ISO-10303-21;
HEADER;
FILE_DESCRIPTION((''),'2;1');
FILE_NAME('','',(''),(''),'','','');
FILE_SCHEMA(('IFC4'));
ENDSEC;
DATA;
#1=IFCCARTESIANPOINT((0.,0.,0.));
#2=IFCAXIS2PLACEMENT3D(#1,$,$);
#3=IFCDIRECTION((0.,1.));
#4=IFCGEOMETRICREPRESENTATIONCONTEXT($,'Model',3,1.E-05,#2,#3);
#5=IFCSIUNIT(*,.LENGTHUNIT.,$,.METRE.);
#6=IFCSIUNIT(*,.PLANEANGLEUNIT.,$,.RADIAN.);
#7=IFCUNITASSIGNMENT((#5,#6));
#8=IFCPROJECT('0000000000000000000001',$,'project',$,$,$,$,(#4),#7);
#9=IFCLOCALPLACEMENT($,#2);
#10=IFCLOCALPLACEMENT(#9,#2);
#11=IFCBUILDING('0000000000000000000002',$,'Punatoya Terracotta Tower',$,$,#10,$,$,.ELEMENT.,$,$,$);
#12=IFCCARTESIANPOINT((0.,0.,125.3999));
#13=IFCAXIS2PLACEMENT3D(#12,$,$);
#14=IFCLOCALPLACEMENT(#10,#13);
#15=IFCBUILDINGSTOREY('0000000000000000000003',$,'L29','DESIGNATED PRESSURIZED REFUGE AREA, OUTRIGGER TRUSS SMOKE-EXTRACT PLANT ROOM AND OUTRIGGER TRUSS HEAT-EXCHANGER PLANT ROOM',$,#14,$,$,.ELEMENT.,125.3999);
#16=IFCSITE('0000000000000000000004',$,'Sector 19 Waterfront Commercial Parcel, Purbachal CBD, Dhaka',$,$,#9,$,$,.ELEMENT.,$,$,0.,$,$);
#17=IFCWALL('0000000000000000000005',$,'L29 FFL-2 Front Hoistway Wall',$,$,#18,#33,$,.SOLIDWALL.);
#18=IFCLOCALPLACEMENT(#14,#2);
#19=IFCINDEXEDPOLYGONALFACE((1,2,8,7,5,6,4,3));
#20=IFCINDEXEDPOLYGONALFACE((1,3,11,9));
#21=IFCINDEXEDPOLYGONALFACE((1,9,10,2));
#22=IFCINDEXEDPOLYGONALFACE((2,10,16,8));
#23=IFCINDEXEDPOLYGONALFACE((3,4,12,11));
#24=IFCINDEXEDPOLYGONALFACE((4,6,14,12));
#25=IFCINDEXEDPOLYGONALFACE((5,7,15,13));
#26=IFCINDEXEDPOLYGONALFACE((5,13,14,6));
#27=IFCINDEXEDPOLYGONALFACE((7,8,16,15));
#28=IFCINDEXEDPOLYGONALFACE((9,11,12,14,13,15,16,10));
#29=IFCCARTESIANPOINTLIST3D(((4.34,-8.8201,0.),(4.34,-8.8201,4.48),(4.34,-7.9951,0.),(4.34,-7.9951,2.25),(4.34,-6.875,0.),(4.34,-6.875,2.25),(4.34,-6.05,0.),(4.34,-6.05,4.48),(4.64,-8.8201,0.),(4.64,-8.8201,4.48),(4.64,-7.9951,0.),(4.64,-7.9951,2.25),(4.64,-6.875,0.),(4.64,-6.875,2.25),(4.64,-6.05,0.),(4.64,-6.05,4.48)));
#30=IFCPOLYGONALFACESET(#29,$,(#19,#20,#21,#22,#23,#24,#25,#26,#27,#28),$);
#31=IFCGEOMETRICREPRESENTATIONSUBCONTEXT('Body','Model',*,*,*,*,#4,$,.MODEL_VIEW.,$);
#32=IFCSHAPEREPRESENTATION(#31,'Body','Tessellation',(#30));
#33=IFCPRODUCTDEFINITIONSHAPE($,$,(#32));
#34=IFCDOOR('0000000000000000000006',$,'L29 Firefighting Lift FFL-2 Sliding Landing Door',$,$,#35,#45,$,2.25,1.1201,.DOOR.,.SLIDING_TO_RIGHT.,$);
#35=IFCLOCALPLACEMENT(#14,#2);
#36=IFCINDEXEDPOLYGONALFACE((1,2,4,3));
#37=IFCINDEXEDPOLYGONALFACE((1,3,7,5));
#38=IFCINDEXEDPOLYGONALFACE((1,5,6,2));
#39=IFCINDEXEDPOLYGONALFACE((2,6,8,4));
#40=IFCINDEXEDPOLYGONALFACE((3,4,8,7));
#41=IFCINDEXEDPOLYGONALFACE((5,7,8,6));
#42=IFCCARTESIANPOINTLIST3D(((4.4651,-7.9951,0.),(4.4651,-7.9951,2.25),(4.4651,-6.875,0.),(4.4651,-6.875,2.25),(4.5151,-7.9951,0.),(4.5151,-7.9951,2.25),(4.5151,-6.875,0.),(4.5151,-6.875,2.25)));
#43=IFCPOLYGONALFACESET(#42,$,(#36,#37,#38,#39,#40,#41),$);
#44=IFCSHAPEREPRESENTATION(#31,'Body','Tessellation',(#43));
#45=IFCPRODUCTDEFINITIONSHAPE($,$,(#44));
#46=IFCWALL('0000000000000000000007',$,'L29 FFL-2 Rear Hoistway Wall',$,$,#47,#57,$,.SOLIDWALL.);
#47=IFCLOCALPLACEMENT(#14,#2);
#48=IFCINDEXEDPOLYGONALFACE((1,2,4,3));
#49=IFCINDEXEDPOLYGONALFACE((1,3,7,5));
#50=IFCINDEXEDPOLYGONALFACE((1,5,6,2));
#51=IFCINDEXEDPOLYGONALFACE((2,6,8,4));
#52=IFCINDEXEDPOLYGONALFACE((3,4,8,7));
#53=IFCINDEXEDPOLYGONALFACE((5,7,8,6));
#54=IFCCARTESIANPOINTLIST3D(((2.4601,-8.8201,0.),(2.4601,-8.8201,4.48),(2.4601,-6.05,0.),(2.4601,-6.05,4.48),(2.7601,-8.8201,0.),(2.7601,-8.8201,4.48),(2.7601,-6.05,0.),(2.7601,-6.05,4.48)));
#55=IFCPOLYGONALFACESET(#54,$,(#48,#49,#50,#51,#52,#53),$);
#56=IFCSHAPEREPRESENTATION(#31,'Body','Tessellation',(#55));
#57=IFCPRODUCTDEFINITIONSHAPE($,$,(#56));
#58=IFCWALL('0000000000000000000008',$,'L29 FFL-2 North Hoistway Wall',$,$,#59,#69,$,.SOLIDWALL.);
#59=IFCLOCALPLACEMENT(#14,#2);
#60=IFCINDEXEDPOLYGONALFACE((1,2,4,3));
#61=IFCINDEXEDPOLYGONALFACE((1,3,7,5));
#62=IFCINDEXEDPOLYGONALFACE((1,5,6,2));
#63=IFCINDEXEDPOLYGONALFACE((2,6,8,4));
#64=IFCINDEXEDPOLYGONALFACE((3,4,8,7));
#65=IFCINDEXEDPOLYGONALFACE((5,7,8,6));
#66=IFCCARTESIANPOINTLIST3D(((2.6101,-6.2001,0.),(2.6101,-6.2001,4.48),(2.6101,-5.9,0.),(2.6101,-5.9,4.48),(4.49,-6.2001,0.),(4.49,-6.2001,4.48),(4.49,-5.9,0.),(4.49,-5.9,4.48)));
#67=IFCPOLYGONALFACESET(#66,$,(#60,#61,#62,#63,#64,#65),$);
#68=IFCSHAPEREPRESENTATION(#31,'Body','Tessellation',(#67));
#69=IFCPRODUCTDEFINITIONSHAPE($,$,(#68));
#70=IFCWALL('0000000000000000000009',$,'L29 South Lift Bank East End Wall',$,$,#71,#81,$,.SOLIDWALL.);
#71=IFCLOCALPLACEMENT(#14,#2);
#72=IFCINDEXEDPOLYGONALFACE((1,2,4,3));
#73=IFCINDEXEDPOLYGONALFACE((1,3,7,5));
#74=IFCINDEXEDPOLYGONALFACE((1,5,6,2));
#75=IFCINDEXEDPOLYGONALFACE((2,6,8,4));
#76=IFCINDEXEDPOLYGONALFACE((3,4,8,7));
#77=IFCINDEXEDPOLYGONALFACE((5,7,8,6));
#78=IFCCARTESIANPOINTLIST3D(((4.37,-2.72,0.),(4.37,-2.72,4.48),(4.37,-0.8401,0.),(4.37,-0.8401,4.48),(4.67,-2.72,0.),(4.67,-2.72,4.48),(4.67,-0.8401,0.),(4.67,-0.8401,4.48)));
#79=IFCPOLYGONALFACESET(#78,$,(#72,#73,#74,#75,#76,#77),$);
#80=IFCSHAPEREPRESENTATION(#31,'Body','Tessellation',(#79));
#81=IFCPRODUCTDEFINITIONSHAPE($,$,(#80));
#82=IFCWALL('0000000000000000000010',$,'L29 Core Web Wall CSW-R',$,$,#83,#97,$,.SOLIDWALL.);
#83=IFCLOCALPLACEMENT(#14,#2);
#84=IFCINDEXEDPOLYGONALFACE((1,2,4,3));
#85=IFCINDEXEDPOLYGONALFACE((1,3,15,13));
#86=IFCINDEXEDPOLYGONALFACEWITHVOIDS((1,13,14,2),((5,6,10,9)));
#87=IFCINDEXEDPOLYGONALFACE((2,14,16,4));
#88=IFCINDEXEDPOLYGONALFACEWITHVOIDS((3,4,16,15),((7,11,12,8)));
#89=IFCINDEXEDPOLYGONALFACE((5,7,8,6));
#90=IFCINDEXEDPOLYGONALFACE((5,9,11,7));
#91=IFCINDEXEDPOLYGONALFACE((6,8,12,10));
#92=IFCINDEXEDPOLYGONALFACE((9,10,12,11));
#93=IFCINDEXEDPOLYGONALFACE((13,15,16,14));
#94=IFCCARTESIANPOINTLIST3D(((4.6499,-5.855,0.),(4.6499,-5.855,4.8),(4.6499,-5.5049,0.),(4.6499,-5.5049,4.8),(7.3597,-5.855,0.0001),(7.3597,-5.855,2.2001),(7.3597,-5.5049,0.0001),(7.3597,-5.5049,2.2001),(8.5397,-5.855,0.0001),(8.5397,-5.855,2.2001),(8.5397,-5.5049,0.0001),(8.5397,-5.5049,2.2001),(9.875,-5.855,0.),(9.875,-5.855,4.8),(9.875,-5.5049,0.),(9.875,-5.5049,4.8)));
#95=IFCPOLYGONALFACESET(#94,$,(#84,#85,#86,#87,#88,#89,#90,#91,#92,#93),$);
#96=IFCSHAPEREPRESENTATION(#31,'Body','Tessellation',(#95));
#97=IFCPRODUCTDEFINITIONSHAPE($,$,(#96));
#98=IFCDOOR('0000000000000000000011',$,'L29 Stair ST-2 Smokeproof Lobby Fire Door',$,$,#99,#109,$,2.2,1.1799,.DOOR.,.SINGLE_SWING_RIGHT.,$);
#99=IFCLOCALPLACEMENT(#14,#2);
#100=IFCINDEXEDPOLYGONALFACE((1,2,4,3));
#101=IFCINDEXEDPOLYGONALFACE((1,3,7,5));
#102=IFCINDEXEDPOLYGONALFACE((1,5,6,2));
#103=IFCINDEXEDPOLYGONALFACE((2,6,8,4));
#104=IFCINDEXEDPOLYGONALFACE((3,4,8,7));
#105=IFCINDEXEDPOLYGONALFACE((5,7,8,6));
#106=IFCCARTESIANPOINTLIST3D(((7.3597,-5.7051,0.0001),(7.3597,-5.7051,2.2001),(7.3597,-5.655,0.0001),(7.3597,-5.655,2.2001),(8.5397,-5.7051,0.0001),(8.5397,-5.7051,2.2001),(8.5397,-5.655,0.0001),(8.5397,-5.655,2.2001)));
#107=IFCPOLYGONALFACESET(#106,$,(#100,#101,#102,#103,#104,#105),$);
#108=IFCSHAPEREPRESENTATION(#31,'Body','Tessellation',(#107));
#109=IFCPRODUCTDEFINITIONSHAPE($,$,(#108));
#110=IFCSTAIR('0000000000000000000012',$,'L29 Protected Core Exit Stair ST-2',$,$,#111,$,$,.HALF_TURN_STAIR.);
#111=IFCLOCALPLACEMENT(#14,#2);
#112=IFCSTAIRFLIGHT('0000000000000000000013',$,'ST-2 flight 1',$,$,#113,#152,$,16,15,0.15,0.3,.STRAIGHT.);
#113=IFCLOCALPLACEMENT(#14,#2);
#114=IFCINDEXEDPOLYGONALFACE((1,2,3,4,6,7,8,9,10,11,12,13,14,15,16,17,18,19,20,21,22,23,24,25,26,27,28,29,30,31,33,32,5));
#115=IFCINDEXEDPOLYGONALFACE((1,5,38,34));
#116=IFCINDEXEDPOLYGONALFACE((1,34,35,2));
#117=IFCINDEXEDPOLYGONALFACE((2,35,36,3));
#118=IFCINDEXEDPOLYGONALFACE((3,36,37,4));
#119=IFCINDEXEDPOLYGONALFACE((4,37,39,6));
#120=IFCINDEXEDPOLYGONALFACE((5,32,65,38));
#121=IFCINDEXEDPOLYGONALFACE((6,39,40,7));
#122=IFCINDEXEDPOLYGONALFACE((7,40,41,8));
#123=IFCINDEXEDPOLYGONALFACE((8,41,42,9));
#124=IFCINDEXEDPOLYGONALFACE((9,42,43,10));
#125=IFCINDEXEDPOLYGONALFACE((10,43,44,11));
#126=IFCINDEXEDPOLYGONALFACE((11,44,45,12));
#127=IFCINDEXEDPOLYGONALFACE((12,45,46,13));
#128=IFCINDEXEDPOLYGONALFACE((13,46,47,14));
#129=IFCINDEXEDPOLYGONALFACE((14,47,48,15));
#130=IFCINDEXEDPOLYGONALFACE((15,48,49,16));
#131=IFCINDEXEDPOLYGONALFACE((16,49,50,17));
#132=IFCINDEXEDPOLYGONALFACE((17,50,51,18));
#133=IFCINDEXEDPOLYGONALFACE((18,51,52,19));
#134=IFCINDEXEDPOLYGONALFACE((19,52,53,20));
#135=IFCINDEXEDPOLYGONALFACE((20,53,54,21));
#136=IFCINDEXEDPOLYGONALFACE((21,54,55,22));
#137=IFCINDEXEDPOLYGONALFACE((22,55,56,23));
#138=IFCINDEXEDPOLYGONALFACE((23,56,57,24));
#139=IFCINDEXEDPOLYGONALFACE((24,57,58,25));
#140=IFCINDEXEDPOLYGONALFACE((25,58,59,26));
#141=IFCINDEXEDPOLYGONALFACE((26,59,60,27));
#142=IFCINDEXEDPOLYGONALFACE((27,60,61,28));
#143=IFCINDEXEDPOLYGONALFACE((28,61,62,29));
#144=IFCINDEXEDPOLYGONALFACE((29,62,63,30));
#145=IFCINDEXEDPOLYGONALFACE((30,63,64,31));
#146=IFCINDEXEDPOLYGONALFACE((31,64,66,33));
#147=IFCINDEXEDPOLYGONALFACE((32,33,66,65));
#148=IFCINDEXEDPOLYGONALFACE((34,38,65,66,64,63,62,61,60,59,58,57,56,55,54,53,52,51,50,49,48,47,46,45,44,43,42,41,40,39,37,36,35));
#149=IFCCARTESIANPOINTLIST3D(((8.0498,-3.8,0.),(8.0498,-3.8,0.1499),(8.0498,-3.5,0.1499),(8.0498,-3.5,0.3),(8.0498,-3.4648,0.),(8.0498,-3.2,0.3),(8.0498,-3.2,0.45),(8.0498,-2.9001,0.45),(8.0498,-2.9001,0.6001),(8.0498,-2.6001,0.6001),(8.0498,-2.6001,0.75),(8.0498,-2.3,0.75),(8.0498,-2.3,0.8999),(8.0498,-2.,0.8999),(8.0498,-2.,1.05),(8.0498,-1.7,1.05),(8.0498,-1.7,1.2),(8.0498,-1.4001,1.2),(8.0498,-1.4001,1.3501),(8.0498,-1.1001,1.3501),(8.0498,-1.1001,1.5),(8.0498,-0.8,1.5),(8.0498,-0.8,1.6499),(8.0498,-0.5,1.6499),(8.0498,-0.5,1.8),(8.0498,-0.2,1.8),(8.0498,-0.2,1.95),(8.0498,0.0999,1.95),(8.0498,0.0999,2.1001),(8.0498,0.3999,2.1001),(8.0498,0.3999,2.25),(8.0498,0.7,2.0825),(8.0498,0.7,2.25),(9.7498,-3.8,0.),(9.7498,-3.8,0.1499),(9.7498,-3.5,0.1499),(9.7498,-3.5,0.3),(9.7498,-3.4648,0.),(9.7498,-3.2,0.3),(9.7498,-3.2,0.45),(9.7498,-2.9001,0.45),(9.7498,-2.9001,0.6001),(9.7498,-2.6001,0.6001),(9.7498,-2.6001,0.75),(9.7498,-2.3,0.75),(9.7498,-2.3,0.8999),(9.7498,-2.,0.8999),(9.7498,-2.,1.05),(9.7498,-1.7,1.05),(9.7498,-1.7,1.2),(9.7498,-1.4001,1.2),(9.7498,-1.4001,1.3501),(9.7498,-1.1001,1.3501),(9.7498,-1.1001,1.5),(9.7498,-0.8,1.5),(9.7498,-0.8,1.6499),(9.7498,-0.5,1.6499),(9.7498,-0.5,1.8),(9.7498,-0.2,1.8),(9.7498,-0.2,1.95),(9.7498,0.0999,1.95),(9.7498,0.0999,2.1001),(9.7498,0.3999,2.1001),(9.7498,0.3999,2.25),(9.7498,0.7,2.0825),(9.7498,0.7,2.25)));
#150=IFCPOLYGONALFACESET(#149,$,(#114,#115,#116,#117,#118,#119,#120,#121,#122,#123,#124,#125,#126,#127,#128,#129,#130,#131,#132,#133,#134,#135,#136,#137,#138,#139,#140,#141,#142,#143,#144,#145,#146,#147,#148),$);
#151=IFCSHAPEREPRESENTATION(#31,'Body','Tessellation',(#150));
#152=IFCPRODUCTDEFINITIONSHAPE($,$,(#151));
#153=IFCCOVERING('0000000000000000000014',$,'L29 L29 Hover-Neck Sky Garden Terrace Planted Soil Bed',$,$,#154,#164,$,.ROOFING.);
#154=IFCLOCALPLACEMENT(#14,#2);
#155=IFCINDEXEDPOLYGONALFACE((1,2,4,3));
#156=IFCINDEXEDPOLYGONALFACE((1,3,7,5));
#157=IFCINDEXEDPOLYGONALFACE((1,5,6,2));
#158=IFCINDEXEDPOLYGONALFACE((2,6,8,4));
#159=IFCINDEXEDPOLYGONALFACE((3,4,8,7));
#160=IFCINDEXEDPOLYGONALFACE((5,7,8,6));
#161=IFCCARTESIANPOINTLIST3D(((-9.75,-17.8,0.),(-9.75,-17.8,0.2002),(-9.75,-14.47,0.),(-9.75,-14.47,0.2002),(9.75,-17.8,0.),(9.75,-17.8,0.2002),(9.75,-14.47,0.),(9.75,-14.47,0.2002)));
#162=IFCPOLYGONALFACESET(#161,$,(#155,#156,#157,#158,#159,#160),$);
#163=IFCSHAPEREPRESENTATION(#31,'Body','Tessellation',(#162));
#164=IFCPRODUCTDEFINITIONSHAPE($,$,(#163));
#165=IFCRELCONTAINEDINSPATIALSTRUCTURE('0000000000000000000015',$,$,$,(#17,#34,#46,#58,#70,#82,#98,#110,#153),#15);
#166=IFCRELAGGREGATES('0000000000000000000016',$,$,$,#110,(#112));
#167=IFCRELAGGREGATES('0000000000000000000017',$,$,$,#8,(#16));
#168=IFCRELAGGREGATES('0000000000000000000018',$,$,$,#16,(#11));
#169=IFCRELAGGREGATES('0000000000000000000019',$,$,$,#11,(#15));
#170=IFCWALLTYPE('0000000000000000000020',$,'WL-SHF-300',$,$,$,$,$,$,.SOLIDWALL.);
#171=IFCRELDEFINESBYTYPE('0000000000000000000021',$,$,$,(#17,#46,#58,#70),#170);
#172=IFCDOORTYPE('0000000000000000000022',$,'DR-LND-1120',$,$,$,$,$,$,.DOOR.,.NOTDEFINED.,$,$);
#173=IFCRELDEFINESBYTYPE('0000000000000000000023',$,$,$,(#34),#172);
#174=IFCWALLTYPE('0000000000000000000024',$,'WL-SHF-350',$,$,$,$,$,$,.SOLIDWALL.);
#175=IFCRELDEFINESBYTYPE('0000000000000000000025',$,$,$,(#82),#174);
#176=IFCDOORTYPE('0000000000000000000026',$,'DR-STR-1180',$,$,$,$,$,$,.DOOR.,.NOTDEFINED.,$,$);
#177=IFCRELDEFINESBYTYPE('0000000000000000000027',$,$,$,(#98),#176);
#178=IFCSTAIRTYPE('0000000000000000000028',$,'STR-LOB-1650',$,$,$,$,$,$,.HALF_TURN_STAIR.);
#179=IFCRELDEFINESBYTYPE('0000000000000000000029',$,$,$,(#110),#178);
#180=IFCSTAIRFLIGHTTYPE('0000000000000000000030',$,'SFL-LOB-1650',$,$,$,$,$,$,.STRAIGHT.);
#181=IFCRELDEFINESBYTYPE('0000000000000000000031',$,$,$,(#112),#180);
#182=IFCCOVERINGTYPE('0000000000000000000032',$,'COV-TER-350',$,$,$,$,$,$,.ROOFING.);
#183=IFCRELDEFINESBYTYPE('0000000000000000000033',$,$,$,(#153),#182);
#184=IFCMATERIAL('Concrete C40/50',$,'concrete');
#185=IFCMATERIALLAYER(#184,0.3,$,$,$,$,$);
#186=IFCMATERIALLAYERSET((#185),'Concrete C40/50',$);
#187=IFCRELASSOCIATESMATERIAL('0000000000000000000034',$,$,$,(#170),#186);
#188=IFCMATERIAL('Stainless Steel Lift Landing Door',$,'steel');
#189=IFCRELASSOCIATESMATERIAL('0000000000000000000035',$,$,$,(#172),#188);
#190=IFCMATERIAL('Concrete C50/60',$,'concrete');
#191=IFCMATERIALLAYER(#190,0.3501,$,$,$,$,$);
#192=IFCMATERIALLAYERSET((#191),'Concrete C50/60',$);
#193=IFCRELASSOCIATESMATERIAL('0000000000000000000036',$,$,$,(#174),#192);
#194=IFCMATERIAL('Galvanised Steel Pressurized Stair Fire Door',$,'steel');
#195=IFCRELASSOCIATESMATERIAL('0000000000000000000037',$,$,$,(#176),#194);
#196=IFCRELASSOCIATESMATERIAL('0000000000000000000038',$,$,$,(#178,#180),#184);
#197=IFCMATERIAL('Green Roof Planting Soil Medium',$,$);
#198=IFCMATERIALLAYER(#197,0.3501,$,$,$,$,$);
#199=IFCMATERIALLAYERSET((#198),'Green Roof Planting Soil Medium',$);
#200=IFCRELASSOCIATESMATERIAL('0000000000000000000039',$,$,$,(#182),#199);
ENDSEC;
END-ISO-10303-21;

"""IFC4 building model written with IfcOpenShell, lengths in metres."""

from ifc_helpers import new_model, si_unit, direction, frame, frame_2d, origin, place, context, subcontext, project, spatial, polyline, rectangle, outline, extrude, material, layer, layer_set, type_object, element, fill, aggregate, save


model = new_model("IFC4")

# Units and contexts
model_context = context("Model", 3, precision=1e-05, world=origin(), true_north=direction((0.0, 1.0)))
body_context = subcontext(model_context, "Body", "Model", "MODEL_VIEW")
ifc_project = project(units=[si_unit("LENGTHUNIT", "METRE"), si_unit("PLANEANGLEUNIT", "RADIAN")], contexts=[model_context])

# Site, building, storey
site_placement = place(None, origin())
site = spatial("IfcSite", under=ifc_project, at=site_placement, Name="Sector 19 Waterfront Commercial Parcel, Purbachal CBD, Dhaka", CompositionType="ELEMENT", RefElevation=0.0)
building_placement = place(site_placement, origin())
building = spatial("IfcBuilding", under=site, at=building_placement, Name="Punatoya Terracotta Tower", CompositionType="ELEMENT")
storey_placement = place(building_placement, frame((0.0, 0.0, 125.3999)))
storey = spatial("IfcBuildingStorey", under=building, at=storey_placement, Name="L29", Description="DESIGNATED PRESSURIZED REFUGE AREA, OUTRIGGER TRUSS SMOKE-EXTRACT PLANT ROOM AND OUTRIGGER TRUSS HEAT-EXCHANGER PLANT ROOM", CompositionType="ELEMENT", Elevation=125.3999)

# Shared definitions
ifc_material_1 = material(Name="Concrete C40/50", Category="concrete")

# Wall, opening, door
ifc_layer_1 = layer(ifc_material_1, 0.3)
ifc_layer_set_1 = layer_set([ifc_layer_1], Name="Concrete C40/50")
wall_type_1 = type_object("IfcWallType", Name="WL-SHF-300", PredefinedType="SOLIDWALL", material=ifc_layer_set_1)
wall_1_placement = place(storey_placement, frame((4.49, -8.8201, 0.0), z_axis=(0.0, 0.0, 1.0), x_axis=(0.0, 1.0, 0.0)))
wall_1 = element("IfcWall", 1, at=wall_1_placement, inside=storey, type_object=wall_type_1, Name="L29 FFL-2 Front Hoistway Wall", PredefinedType="SOLIDWALL", context=body_context, shape_type="SweptSolid", body=[
    extrude(rectangle(XDim=2.77, YDim=0.3, at=frame_2d((1.385, 0.0))), origin(), (0.0, 0.0, 1.0), 4.48),
])
opening_1_placement = place(wall_1_placement, frame((0.825, 0.0, 0.0)))
opening_1 = element("IfcOpeningElement", 2, at=opening_1_placement, cuts=wall_1, PredefinedType="OPENING", context=body_context, shape_type="SweptSolid", body=[
    extrude(rectangle(XDim=1.1201, YDim=2.25, at=frame_2d((0.5601, 1.125))), frame((0.0, 0.1599, 0.0), z_axis=(0.0, -1.0, 0.0), x_axis=(1.0, 0.0, 0.0)), (0.0, 0.0, 1.0), 0.3201),
])
ifc_material_2 = material(Name="Stainless Steel Lift Landing Door", Category="steel")
door_type_1 = type_object("IfcDoorType", Name="DR-LND-1120", OperationType="NOTDEFINED", PredefinedType="DOOR", material=ifc_material_2)
door_1_placement = place(opening_1_placement, origin())
door_1 = element("IfcDoor", 3, at=door_1_placement, inside=storey, type_object=door_type_1, Name="L29 Firefighting Lift FFL-2 Sliding Landing Door", OperationType="SLIDING_TO_RIGHT", OverallHeight=2.25, OverallWidth=1.1201, PredefinedType="DOOR", context=body_context, shape_type="SweptSolid", body=[
    extrude(rectangle(XDim=1.1201, YDim=2.25, at=frame_2d((0.5601, 1.125))), frame((0.0, 0.0249, 0.0), z_axis=(0.0, -1.0, 0.0), x_axis=(1.0, 0.0, 0.0)), (0.0, 0.0, 1.0), 0.05),
])
fill(opening_1, door_1)

# Walls
wall_2_placement = place(storey_placement, frame((2.6101, -8.8201, 0.0), z_axis=(0.0, 0.0, 1.0), x_axis=(0.0, 1.0, 0.0)))
element("IfcWall", 4, at=wall_2_placement, inside=storey, type_object=wall_type_1, Name="L29 FFL-2 Rear Hoistway Wall", PredefinedType="SOLIDWALL", context=body_context, shape_type="SweptSolid", body=[
    extrude(rectangle(XDim=2.77, YDim=0.3, at=frame_2d((1.385, 0.0))), origin(), (0.0, 0.0, 1.0), 4.48),
])
for number, where, z_axis, x_axis, name in (
    (5, (2.6101, -6.05, 0.0), (0.0, 0.0, 1.0), (1.0, 0.0, 0.0), "L29 FFL-2 North Hoistway Wall"),
    (6, (4.52, -2.72, 0.0), (0.0, 0.0, 1.0), (0.0, 1.0, 0.0), "L29 South Lift Bank East End Wall"),
):
    element("IfcWall", number, at=place(storey_placement, frame(where, z_axis=z_axis, x_axis=x_axis)), inside=storey, type_object=wall_type_1, Name=name, PredefinedType="SOLIDWALL", context=body_context, shape_type="SweptSolid", body=[
        extrude(rectangle(XDim=1.8799, YDim=0.3, at=frame_2d((0.9399, 0.0))), origin(), (0.0, 0.0, 1.0), 4.48),
    ])

# Wall, opening, door
ifc_material_3 = material(Name="Concrete C50/60", Category="concrete")
ifc_layer_2 = layer(ifc_material_3, 0.3501)
ifc_layer_set_2 = layer_set([ifc_layer_2], Name="Concrete C50/60")
wall_type_2 = type_object("IfcWallType", Name="WL-SHF-350", PredefinedType="SOLIDWALL", material=ifc_layer_set_2)
wall_3_placement = place(storey_placement, frame((4.6499, -5.6799, 0.0), z_axis=(0.0, 0.0, 1.0), x_axis=(1.0, 0.0, 0.0)))
wall_3 = element("IfcWall", 7, at=wall_3_placement, inside=storey, type_object=wall_type_2, Name="L29 Core Web Wall CSW-R", PredefinedType="SOLIDWALL", context=body_context, shape_type="SweptSolid", body=[
    extrude(rectangle(XDim=5.2251, YDim=0.3501, at=frame_2d((2.6125, 0.0))), origin(), (0.0, 0.0, 1.0), 4.8),
])
opening_2_placement = place(wall_3_placement, frame((2.71, 0.0, 0.0)))
opening_2 = element("IfcOpeningElement", 8, at=opening_2_placement, cuts=wall_3, PredefinedType="OPENING", context=body_context, shape_type="SweptSolid", body=[
    extrude(rectangle(XDim=1.1799, YDim=2.2, at=frame_2d((0.5898, 1.1001))), frame((0.0, 0.1851, 0.0), z_axis=(0.0, -1.0, 0.0), x_axis=(1.0, 0.0, 0.0)), (0.0, 0.0, 1.0), 0.3701),
])
ifc_material_4 = material(Name="Galvanised Steel Pressurized Stair Fire Door", Category="steel")
door_type_2 = type_object("IfcDoorType", Name="DR-STR-1180", OperationType="NOTDEFINED", PredefinedType="DOOR", material=ifc_material_4)
door_2_placement = place(opening_2_placement, origin())
door_2 = element("IfcDoor", 9, at=door_2_placement, inside=storey, type_object=door_type_2, Name="L29 Stair ST-2 Smokeproof Lobby Fire Door", OperationType="SINGLE_SWING_RIGHT", OverallHeight=2.2, OverallWidth=1.1799, PredefinedType="DOOR", context=body_context, shape_type="SweptSolid", body=[
    extrude(rectangle(XDim=1.1799, YDim=2.2, at=frame_2d((0.5898, 1.1001))), frame((0.0, 0.0249, 0.0), z_axis=(0.0, -1.0, 0.0), x_axis=(1.0, 0.0, 0.0)), (0.0, 0.0, 1.0), 0.05),
])
fill(opening_2, door_2)

# Stair, stair flight
stair_type_1 = type_object("IfcStairType", Name="STR-LOB-1650", PredefinedType="HALF_TURN_STAIR", material=ifc_material_1)
stair_1_placement = place(storey_placement, origin())
stair_1 = element("IfcStair", 10, at=stair_1_placement, inside=storey, type_object=stair_type_1, Name="L29 Protected Core Exit Stair ST-2", PredefinedType="HALF_TURN_STAIR")
stair_flight_type = type_object("IfcStairFlightType", Name="SFL-LOB-1650", PredefinedType="STRAIGHT", material=ifc_material_1)
stair_flight_placement = place(storey_placement, frame((8.8999, -3.8, 0.0), z_axis=(0.0, 0.0, 1.0), x_axis=(0.0, 1.0, 0.0)))
stair_flight = element("IfcStairFlight", 11, at=stair_flight_placement, type_object=stair_flight_type, Name="ST-2 flight 1", NumberOfRisers=16, NumberOfTreads=15, PredefinedType="STRAIGHT", RiserHeight=0.15, TreadLength=0.3, context=body_context, shape_type="SweptSolid", body=[
    extrude(outline(polyline([(0.0, 0.0), (0.0, 0.1499), (0.3, 0.1499), (0.3, 0.3), (0.6001, 0.3), (0.6001, 0.45), (0.8999, 0.45), (0.8999, 0.6001), (1.2, 0.6001), (1.2, 0.75), (1.5, 0.75), (1.5, 0.8999), (1.8, 0.8999), (1.8, 1.05), (2.1001, 1.05), (2.1001, 1.2), (2.3999, 1.2), (2.3999, 1.3501), (2.7, 1.3501), (2.7, 1.5), (3.0, 1.5), (3.0, 1.6499), (3.3, 1.6499), (3.3, 1.8), (3.6001, 1.8), (3.6001, 1.95), (3.8999, 1.95), (3.8999, 2.1001), (4.2, 2.1001), (4.2, 2.25), (4.5, 2.25), (4.5, 2.3999), (4.5, 2.0825), (0.3352, 0.0), (0.0, 0.0)])), frame((0.0, 0.8501, 0.0), z_axis=(0.0, -1.0, 0.0), x_axis=(1.0, 0.0, 0.0)), (0.0, 0.0, 1.0), 1.7),
])
aggregate(stair_1, [stair_flight])

# Covering
ifc_material_5 = material(Name="Green Roof Planting Soil Medium")
ifc_layer_3 = layer(ifc_material_5, 0.3501)
ifc_layer_set_3 = layer_set([ifc_layer_3], Name="Green Roof Planting Soil Medium")
covering_type = type_object("IfcCoveringType", Name="COV-TER-350", PredefinedType="ROOFING", material=ifc_layer_set_3)
covering_placement = place(storey_placement, origin())
element("IfcCovering", 12, at=covering_placement, inside=storey, type_object=covering_type, Name="L29 L29 Hover-Neck Sky Garden Terrace Planted Soil Bed", PredefinedType="ROOFING", context=body_context, shape_type="SweptSolid", body=[
    extrude(outline(polyline([(9.75, -17.8), (9.75, -14.47), (-9.75, -14.47), (-9.75, -17.8), (9.75, -17.8)])), origin(), (0.0, 0.0, 1.0), 0.2002),
])

save(model, "model.ifc")
